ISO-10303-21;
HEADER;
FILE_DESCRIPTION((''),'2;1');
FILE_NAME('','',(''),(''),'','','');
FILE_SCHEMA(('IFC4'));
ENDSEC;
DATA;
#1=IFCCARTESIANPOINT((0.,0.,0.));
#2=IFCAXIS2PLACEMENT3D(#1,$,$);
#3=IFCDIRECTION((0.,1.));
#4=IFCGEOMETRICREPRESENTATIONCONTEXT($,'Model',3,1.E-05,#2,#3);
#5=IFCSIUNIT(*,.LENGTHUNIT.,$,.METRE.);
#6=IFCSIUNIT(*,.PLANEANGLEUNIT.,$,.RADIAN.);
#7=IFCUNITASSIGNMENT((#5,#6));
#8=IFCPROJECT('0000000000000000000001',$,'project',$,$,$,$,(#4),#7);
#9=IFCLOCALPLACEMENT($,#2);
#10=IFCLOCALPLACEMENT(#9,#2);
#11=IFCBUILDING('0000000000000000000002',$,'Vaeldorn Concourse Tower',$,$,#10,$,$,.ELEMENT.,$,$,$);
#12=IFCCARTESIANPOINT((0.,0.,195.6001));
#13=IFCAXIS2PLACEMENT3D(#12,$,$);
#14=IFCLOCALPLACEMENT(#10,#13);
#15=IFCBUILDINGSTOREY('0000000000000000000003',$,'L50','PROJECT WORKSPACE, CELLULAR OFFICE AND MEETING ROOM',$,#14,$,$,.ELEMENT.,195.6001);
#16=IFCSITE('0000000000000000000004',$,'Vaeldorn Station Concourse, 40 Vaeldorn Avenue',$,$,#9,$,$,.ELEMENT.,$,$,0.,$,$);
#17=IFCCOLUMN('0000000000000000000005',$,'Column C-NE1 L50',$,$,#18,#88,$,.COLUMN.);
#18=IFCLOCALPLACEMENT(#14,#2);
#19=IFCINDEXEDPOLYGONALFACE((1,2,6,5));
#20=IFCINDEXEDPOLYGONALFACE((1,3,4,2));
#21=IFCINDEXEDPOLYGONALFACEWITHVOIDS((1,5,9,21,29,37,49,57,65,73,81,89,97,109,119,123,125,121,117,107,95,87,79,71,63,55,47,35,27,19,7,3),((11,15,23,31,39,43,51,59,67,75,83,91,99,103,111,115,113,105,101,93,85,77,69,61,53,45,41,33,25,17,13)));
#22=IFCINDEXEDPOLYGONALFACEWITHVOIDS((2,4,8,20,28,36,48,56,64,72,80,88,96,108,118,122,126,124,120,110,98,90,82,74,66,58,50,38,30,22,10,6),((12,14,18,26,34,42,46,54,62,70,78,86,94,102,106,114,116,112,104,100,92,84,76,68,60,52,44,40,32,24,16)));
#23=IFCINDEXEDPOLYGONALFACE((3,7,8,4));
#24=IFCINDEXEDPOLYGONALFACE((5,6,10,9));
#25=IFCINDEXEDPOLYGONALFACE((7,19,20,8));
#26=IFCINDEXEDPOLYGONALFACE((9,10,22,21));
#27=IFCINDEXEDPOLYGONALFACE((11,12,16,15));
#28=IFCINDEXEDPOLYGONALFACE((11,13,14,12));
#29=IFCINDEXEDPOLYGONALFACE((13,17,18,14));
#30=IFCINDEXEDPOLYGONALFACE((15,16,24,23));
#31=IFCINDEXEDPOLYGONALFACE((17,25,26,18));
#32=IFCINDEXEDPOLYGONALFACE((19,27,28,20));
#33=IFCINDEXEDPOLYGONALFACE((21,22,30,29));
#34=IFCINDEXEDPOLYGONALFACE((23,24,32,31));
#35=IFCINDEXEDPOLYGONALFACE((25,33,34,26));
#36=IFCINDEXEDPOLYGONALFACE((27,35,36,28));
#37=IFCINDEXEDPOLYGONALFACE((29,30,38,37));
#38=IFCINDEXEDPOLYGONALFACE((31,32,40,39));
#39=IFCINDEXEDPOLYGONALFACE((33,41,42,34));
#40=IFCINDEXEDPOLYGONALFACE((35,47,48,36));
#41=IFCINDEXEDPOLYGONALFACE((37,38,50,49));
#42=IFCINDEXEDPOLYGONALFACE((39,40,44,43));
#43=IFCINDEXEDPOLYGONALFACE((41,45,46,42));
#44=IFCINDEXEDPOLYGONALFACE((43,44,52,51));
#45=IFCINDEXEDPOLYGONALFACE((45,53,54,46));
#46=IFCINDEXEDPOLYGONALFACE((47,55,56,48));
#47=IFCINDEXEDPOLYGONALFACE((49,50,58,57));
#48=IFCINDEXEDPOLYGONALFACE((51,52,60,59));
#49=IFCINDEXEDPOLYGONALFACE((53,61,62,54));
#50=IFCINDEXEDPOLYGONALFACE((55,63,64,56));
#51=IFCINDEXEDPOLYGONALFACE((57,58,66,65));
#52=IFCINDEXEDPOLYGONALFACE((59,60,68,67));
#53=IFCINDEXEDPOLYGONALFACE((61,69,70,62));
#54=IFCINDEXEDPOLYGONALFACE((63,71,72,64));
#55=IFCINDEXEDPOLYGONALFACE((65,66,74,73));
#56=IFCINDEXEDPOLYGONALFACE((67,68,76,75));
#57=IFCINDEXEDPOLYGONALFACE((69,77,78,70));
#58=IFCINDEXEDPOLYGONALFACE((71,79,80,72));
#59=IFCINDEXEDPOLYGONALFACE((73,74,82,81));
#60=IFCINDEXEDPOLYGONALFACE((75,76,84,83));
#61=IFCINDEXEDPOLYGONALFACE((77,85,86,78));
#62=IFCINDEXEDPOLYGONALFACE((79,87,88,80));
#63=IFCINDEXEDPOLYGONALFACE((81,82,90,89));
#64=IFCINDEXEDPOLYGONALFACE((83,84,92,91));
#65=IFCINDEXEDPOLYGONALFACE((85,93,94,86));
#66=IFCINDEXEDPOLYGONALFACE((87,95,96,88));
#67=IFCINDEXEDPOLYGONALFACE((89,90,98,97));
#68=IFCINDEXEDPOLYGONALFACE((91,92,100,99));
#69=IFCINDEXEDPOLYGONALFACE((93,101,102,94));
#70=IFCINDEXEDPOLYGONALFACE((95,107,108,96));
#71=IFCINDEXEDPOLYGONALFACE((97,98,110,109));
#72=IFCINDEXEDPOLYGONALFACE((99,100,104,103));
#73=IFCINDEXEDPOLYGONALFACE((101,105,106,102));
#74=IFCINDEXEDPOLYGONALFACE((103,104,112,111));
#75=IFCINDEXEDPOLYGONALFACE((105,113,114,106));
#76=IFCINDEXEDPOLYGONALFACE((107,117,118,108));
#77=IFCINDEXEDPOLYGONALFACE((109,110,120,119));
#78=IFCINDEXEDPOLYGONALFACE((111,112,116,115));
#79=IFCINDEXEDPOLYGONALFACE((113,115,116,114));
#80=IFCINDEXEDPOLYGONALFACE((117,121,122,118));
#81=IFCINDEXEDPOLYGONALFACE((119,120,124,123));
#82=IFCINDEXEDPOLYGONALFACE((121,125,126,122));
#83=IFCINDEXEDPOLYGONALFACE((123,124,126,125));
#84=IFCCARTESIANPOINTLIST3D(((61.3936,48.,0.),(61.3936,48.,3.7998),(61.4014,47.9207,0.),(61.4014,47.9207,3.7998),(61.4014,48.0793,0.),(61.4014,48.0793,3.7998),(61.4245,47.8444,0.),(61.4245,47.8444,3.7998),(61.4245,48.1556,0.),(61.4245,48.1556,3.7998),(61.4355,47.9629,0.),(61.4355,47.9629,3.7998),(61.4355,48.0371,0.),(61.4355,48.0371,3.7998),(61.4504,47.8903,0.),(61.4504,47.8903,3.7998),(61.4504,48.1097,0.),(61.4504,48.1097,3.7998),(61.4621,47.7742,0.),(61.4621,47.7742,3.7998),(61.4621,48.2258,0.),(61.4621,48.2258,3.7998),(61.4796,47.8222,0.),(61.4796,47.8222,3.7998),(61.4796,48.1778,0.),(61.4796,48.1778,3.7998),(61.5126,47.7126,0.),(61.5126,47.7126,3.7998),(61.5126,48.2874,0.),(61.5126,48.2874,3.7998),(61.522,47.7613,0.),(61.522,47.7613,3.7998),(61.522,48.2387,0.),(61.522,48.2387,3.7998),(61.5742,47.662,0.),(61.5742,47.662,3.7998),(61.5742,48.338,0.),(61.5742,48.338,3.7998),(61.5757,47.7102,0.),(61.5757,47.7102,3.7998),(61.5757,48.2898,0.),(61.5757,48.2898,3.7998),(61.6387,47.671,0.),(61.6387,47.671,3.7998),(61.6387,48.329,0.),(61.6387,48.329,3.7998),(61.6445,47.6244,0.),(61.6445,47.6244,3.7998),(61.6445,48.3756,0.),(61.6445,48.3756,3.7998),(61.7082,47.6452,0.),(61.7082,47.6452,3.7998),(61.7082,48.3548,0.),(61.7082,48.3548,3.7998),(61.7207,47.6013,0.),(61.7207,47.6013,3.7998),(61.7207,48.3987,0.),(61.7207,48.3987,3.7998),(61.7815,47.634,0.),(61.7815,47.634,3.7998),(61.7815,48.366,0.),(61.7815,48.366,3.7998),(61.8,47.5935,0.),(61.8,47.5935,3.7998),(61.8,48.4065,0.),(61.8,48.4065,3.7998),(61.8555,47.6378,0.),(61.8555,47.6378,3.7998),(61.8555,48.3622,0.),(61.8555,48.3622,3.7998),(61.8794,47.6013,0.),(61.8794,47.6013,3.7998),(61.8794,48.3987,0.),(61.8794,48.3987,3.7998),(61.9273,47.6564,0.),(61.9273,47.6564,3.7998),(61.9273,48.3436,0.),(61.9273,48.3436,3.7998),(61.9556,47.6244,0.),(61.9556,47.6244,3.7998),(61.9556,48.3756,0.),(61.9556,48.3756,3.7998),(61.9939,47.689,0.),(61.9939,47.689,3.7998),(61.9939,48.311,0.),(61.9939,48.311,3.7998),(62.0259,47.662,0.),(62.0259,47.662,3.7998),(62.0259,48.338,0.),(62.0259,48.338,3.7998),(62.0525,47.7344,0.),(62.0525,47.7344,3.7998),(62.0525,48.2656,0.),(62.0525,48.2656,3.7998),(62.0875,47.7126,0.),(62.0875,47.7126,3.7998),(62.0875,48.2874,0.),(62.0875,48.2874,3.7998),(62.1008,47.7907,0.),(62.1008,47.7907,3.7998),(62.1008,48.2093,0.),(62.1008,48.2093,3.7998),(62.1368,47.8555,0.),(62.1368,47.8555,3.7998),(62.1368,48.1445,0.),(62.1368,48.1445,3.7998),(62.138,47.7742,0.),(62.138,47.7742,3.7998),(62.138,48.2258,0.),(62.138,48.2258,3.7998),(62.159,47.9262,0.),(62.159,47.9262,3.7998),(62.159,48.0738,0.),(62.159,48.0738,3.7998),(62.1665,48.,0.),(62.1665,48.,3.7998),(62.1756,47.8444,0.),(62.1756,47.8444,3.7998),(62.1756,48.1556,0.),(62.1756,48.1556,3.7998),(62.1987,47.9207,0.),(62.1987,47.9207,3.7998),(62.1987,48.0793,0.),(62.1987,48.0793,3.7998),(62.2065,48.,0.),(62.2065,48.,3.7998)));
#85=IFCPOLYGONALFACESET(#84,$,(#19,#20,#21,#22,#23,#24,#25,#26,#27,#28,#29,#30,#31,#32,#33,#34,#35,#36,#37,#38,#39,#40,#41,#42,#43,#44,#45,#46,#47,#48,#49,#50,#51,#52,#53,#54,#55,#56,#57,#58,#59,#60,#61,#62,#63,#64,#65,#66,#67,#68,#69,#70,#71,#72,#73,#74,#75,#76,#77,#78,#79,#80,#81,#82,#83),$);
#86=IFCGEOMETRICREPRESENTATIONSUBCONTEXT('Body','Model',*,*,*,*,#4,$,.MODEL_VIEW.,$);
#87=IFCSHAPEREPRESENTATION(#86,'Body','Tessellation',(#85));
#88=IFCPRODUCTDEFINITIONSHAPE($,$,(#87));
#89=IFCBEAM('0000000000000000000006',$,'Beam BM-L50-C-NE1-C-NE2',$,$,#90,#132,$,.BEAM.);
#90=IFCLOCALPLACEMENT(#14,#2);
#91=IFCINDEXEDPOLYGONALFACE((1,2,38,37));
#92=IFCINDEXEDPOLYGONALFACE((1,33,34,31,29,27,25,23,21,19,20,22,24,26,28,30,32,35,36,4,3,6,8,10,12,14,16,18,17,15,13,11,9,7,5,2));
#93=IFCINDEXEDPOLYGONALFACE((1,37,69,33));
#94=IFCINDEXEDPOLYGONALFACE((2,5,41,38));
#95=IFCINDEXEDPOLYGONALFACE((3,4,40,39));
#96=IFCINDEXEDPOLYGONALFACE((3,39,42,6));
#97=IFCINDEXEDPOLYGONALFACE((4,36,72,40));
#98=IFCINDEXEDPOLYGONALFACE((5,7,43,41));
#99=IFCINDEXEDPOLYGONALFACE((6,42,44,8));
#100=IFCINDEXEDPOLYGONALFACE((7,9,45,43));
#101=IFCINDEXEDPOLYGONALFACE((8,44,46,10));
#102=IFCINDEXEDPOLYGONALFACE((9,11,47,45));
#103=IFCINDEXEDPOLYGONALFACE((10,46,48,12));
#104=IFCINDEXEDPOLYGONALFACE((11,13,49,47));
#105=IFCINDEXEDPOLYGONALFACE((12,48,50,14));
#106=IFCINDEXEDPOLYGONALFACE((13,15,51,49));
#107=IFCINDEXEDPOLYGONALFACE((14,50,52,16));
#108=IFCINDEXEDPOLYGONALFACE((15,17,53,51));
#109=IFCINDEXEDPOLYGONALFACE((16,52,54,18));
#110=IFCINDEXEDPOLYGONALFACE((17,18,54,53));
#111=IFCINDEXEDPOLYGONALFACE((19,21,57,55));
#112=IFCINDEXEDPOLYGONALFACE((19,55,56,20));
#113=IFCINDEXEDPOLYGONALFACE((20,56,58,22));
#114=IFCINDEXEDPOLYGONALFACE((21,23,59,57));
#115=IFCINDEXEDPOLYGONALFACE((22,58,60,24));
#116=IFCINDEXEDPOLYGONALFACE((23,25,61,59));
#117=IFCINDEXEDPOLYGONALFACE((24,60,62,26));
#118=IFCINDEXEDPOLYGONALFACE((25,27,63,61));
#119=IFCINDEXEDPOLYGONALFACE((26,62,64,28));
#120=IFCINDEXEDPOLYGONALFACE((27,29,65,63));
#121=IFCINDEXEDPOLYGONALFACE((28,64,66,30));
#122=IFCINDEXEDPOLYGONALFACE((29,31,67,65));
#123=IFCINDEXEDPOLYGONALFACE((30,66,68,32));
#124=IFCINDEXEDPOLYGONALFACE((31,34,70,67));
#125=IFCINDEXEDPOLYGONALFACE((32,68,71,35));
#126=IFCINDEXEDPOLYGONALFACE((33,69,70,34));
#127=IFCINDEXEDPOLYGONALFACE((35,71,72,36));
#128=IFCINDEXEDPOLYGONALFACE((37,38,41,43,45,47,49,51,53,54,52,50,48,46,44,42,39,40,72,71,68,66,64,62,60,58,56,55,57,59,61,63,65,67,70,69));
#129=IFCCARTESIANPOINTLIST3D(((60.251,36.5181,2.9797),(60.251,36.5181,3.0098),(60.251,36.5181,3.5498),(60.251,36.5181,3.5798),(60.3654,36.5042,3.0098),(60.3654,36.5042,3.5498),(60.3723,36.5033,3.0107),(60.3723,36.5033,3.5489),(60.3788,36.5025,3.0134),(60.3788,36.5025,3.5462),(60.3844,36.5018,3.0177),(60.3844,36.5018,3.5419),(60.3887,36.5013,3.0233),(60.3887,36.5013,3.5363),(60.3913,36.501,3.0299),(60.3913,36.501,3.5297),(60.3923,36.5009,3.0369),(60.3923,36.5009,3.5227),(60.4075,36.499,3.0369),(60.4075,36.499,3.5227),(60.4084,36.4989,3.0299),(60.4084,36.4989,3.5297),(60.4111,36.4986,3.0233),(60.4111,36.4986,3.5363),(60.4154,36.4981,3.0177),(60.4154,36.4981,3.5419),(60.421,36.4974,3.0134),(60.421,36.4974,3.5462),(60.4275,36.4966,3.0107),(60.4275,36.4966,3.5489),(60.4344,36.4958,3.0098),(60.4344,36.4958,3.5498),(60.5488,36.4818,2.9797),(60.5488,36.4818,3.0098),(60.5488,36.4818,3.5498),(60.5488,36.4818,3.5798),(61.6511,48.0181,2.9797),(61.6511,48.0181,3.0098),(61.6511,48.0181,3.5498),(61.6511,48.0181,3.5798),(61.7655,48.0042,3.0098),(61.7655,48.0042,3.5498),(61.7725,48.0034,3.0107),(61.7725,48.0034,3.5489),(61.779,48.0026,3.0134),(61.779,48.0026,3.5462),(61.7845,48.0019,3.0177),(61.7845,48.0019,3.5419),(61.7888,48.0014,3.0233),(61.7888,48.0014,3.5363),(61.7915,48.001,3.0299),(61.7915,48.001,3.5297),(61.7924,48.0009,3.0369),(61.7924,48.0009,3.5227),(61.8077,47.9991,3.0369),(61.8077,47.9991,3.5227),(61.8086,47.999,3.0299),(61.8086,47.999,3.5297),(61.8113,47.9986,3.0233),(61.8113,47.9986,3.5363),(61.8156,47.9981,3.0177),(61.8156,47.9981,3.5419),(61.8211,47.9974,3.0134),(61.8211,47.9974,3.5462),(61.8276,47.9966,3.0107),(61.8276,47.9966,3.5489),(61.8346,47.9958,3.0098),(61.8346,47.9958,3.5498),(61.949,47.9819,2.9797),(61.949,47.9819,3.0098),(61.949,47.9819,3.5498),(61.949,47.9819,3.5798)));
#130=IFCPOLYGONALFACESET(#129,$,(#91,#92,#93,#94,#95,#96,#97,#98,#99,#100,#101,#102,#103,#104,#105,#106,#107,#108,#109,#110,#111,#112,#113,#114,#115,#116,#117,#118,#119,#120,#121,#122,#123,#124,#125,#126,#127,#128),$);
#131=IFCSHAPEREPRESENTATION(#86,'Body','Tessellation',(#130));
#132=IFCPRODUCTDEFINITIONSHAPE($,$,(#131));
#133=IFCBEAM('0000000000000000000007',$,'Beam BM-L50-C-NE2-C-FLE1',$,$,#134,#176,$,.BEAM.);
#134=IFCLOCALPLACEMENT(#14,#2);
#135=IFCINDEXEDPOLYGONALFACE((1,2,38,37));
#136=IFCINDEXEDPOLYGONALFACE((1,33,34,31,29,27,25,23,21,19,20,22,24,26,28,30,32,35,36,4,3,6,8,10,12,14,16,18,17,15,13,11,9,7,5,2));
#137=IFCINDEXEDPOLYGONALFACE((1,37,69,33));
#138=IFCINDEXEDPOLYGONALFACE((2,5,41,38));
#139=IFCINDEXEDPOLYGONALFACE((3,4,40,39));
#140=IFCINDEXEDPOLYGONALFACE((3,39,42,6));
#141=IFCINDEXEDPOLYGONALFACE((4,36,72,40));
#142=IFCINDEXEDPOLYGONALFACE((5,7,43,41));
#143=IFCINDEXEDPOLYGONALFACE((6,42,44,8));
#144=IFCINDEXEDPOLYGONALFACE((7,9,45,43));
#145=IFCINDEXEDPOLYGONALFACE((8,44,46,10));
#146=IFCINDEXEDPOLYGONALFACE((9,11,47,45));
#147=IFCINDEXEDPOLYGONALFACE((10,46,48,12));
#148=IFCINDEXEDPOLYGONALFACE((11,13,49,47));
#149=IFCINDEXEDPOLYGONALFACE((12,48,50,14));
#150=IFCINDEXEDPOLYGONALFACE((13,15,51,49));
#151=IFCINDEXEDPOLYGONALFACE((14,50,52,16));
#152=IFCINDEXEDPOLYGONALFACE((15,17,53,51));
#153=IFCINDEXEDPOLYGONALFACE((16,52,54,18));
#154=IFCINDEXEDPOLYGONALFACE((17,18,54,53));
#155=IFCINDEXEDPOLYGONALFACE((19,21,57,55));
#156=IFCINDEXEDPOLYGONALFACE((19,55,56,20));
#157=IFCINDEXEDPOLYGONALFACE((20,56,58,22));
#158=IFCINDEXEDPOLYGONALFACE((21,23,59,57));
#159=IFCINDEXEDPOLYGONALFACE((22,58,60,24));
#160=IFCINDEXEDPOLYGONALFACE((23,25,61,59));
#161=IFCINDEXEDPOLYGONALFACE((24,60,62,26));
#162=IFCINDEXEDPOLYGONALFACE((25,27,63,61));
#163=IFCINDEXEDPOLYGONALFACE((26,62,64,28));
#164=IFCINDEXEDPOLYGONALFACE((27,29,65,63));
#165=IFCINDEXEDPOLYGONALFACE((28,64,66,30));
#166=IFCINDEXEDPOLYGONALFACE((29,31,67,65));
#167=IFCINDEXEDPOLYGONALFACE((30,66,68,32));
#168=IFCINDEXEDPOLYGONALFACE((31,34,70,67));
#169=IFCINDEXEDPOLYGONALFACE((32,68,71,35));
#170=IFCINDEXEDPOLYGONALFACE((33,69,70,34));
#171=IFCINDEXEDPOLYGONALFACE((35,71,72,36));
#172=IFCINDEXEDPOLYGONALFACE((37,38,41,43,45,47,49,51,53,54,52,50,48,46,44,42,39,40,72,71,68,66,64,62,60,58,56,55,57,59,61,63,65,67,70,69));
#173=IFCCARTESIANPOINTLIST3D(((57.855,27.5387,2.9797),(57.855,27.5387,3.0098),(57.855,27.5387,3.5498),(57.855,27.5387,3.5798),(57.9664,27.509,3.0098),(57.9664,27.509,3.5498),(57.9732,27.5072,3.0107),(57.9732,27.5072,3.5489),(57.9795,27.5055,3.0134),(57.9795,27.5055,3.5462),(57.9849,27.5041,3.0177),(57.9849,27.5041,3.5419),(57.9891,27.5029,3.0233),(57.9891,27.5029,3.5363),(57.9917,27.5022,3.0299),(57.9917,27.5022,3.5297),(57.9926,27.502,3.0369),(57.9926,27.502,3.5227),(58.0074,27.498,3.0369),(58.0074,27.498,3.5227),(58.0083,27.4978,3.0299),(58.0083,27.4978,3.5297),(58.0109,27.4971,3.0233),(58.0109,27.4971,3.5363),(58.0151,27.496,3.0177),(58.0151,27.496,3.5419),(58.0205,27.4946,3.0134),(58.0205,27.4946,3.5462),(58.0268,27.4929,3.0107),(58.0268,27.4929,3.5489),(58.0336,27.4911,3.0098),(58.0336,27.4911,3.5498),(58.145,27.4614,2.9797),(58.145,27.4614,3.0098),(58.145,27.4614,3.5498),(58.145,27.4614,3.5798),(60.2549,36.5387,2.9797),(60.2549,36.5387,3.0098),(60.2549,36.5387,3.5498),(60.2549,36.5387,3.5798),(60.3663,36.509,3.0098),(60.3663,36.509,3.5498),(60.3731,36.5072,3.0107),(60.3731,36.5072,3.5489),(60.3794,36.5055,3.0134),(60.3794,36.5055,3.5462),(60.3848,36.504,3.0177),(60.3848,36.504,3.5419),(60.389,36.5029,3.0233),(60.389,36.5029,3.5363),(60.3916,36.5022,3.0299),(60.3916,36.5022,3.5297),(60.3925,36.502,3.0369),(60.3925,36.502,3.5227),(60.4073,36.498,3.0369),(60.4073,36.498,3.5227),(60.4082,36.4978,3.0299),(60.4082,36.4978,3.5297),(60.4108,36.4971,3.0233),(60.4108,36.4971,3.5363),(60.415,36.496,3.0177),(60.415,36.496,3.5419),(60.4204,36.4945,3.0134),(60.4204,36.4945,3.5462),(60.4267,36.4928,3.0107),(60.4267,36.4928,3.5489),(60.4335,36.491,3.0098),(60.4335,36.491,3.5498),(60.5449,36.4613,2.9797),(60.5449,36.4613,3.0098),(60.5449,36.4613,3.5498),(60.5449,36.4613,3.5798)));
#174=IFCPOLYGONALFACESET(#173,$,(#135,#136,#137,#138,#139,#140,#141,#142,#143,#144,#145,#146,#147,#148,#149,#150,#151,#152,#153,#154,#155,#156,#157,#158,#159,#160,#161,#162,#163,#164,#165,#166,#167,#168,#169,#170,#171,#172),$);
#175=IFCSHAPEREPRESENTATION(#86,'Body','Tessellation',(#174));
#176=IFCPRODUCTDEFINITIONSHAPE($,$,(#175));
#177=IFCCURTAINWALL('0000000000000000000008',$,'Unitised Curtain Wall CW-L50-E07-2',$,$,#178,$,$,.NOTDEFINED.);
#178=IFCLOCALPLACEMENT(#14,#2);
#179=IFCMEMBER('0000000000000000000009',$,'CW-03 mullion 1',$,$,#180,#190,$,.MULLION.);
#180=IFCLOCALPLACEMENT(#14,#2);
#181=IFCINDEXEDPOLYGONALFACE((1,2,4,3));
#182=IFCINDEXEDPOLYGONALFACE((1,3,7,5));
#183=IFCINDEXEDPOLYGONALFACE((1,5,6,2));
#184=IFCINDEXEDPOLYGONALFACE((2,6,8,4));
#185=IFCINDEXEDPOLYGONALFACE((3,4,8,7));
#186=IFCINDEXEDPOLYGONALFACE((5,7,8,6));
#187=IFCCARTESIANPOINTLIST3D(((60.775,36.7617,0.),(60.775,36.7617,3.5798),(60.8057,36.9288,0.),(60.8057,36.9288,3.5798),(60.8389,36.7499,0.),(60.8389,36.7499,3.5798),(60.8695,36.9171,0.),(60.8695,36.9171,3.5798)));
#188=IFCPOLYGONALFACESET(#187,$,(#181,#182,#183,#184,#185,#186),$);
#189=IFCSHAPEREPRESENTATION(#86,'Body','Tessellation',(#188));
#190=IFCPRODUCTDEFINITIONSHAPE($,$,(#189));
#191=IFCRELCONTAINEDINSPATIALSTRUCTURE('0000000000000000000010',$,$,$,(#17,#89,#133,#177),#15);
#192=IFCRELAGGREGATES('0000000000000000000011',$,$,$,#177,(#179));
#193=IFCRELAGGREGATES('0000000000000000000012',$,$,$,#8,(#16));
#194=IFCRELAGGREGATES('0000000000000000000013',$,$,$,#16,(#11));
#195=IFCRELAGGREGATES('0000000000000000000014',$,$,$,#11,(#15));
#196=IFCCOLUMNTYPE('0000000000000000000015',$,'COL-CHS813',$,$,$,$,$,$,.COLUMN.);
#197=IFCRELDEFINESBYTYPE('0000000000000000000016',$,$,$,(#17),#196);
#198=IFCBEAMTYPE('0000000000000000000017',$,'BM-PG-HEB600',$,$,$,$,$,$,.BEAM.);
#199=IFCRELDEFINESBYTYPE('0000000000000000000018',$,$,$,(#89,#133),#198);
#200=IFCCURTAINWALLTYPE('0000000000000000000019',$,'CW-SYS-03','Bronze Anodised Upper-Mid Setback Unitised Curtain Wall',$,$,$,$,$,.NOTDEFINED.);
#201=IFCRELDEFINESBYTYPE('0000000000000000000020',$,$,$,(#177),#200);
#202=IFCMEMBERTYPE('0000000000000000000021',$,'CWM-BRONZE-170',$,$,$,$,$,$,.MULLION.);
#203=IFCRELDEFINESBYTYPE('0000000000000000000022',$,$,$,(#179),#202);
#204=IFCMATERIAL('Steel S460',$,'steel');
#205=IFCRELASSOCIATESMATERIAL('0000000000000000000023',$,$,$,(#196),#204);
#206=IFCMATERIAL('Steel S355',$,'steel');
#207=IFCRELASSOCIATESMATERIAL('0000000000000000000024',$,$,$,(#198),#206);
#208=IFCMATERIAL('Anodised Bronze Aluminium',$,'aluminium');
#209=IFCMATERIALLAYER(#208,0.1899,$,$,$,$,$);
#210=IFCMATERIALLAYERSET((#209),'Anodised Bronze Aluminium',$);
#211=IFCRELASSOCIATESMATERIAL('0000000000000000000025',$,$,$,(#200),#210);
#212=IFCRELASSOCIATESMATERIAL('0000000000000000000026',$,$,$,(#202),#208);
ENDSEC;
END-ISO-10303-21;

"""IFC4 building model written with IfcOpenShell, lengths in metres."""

from ifc_helpers import new_model, si_unit, direction, frame, origin, origin_2d, place, context, subcontext, project, spatial, rectangle, hollow_circle, i_section, extrude, source, transform, mapped, material, layer, layer_set, material_profile, profile_set, type_object, element, aggregate, save


model = new_model("IFC4")

# Units and contexts
model_context = context("Model", 3, precision=1e-05, world=origin(), true_north=direction((0.0, 1.0)))
body_context = subcontext(model_context, "Body", "Model", "MODEL_VIEW")
ifc_project = project(units=[si_unit("LENGTHUNIT", "METRE"), si_unit("PLANEANGLEUNIT", "RADIAN")], contexts=[model_context])

# Site, building, storey
site_placement = place(None, origin())
site = spatial("IfcSite", under=ifc_project, at=site_placement, Name="Vaeldorn Station Concourse, 40 Vaeldorn Avenue", CompositionType="ELEMENT", RefElevation=0.0)
building_placement = place(site_placement, origin())
building = spatial("IfcBuilding", under=site, at=building_placement, Name="Vaeldorn Concourse Tower", CompositionType="ELEMENT")
storey_placement = place(building_placement, frame((0.0, 0.0, 195.6001)))
storey = spatial("IfcBuildingStorey", under=building, at=storey_placement, Name="L50", Description="PROJECT WORKSPACE, CELLULAR OFFICE AND MEETING ROOM", CompositionType="ELEMENT", Elevation=195.6001)

# Column
ifc_material_1 = material(Name="Steel S460", Category="steel")
ifc_material_profile_1 = material_profile(ifc_material_1, hollow_circle(Radius=0.4065, WallThickness=0.04, at=origin_2d()), Name="CHS 813x40")
ifc_profile_set_1 = profile_set([ifc_material_profile_1], Name="Steel S460")
column_type = type_object("IfcColumnType", Name="COL-CHS813", PredefinedType="COLUMN", material=ifc_profile_set_1)
shared_shape_1 = source(origin(), body_context, "Body", "SweptSolid", [
    extrude(hollow_circle(Radius=0.4065, WallThickness=0.04, at=origin_2d()), origin(), (0.0, 0.0, 1.0), 3.7998),
])
column_placement = place(storey_placement, frame((61.8, 48.0, 0.0), z_axis=(0.0, 0.0, 1.0), x_axis=(1.0, 0.0, 0.0)))
element("IfcColumn", 1, at=column_placement, inside=storey, type_object=column_type, Name="Column C-NE1 L50", PredefinedType="COLUMN", context=body_context, shape_type="MappedRepresentation", body=[
    mapped(shared_shape_1, transform((0.0, 0.0, 0.0), scale=1.0)),
])

# Beams
ifc_material_2 = material(Name="Steel S355", Category="steel")
ifc_material_profile_2 = material_profile(ifc_material_2, i_section(OverallWidth=0.3, OverallDepth=0.6001, WebThickness=0.0154, FlangeThickness=0.03, FilletRadius=0.0271, at=origin_2d()), Name="HEB 600")
ifc_profile_set_2 = profile_set([ifc_material_profile_2], Name="Steel S355")
beam_type = type_object("IfcBeamType", Name="BM-PG-HEB600", PredefinedType="BEAM", material=ifc_profile_set_2)
shared_shape_2 = source(origin(), body_context, "Body", "SweptSolid", [
    extrude(i_section(OverallWidth=0.3, OverallDepth=0.6001, WebThickness=0.0154, FlangeThickness=0.03, FilletRadius=0.0271, at=origin_2d()), origin(), (0.0, 0.0, 1.0), 11.585),
])
beam_1_placement = place(storey_placement, frame((61.8, 48.0, 3.2798), z_axis=(-0.120859, -0.99267, 0.0), x_axis=(0.99267, -0.120859, 0.0)))
element("IfcBeam", 2, at=beam_1_placement, inside=storey, type_object=beam_type, Name="Beam BM-L50-C-NE1-C-NE2", PredefinedType="BEAM", context=body_context, shape_type="MappedRepresentation", body=[
    mapped(shared_shape_2, transform((0.0, 0.0, 0.0), scale=1.0)),
])
shared_shape_3 = source(origin(), body_context, "Body", "SweptSolid", [
    extrude(i_section(OverallWidth=0.3, OverallDepth=0.6001, WebThickness=0.0154, FlangeThickness=0.03, FilletRadius=0.0271, at=origin_2d()), origin(), (0.0, 0.0, 1.0), 9.3145),
])
beam_2_placement = place(storey_placement, frame((60.3999, 36.5, 3.2798), z_axis=(-0.257653, -0.966238, 0.0), x_axis=(0.966238, -0.257653, 0.0)))
element("IfcBeam", 3, at=beam_2_placement, inside=storey, type_object=beam_type, Name="Beam BM-L50-C-NE2-C-FLE1", PredefinedType="BEAM", context=body_context, shape_type="MappedRepresentation", body=[
    mapped(shared_shape_3, transform((0.0, 0.0, 0.0), scale=1.0)),
])

# Curtain wall, member
ifc_material_3 = material(Name="Anodised Bronze Aluminium", Category="aluminium")
ifc_layer_1 = layer(ifc_material_3, 0.1899)
ifc_layer_set_1 = layer_set([ifc_layer_1], Name="Anodised Bronze Aluminium")
curtain_wall_type = type_object("IfcCurtainWallType", Name="CW-SYS-03", Description="Bronze Anodised Upper-Mid Setback Unitised Curtain Wall", PredefinedType="NOTDEFINED", material=ifc_layer_set_1)
curtain_wall_1_placement = place(storey_placement, origin())
curtain_wall_1 = element("IfcCurtainWall", 4, at=curtain_wall_1_placement, inside=storey, type_object=curtain_wall_type, Name="Unitised Curtain Wall CW-L50-E07-2", PredefinedType="NOTDEFINED")
ifc_material_profile_3 = material_profile(ifc_material_3, rectangle(XDim=0.0649, YDim=0.1699, at=origin_2d()), Name="CWM 65x170")
ifc_profile_set_3 = profile_set([ifc_material_profile_3], Name="Anodised Bronze Aluminium")
member_type_1 = type_object("IfcMemberType", Name="CWM-BRONZE-170", PredefinedType="MULLION", material=ifc_profile_set_3)
shared_shape_4 = source(origin(), body_context, "Body", "SweptSolid", [
    extrude(rectangle(XDim=0.0649, YDim=0.1699, at=origin_2d()), origin(), (0.0, 0.0, 1.0), 3.5798),
])
member_1_placement = place(storey_placement, frame((60.8223, 36.8394, 0.0), z_axis=(0.0, 0.0, 1.0), x_axis=(-0.983559, 0.180585, 0.0)))
member_1 = element("IfcMember", 5, at=member_1_placement, type_object=member_type_1, Name="CW-03 mullion 1", PredefinedType="MULLION", context=body_context, shape_type="MappedRepresentation", body=[
    mapped(shared_shape_4, transform((0.0, 0.0, 0.0), scale=1.0)),
])

aggregate(curtain_wall_1, [member_1])

save(model, "model.ifc")
